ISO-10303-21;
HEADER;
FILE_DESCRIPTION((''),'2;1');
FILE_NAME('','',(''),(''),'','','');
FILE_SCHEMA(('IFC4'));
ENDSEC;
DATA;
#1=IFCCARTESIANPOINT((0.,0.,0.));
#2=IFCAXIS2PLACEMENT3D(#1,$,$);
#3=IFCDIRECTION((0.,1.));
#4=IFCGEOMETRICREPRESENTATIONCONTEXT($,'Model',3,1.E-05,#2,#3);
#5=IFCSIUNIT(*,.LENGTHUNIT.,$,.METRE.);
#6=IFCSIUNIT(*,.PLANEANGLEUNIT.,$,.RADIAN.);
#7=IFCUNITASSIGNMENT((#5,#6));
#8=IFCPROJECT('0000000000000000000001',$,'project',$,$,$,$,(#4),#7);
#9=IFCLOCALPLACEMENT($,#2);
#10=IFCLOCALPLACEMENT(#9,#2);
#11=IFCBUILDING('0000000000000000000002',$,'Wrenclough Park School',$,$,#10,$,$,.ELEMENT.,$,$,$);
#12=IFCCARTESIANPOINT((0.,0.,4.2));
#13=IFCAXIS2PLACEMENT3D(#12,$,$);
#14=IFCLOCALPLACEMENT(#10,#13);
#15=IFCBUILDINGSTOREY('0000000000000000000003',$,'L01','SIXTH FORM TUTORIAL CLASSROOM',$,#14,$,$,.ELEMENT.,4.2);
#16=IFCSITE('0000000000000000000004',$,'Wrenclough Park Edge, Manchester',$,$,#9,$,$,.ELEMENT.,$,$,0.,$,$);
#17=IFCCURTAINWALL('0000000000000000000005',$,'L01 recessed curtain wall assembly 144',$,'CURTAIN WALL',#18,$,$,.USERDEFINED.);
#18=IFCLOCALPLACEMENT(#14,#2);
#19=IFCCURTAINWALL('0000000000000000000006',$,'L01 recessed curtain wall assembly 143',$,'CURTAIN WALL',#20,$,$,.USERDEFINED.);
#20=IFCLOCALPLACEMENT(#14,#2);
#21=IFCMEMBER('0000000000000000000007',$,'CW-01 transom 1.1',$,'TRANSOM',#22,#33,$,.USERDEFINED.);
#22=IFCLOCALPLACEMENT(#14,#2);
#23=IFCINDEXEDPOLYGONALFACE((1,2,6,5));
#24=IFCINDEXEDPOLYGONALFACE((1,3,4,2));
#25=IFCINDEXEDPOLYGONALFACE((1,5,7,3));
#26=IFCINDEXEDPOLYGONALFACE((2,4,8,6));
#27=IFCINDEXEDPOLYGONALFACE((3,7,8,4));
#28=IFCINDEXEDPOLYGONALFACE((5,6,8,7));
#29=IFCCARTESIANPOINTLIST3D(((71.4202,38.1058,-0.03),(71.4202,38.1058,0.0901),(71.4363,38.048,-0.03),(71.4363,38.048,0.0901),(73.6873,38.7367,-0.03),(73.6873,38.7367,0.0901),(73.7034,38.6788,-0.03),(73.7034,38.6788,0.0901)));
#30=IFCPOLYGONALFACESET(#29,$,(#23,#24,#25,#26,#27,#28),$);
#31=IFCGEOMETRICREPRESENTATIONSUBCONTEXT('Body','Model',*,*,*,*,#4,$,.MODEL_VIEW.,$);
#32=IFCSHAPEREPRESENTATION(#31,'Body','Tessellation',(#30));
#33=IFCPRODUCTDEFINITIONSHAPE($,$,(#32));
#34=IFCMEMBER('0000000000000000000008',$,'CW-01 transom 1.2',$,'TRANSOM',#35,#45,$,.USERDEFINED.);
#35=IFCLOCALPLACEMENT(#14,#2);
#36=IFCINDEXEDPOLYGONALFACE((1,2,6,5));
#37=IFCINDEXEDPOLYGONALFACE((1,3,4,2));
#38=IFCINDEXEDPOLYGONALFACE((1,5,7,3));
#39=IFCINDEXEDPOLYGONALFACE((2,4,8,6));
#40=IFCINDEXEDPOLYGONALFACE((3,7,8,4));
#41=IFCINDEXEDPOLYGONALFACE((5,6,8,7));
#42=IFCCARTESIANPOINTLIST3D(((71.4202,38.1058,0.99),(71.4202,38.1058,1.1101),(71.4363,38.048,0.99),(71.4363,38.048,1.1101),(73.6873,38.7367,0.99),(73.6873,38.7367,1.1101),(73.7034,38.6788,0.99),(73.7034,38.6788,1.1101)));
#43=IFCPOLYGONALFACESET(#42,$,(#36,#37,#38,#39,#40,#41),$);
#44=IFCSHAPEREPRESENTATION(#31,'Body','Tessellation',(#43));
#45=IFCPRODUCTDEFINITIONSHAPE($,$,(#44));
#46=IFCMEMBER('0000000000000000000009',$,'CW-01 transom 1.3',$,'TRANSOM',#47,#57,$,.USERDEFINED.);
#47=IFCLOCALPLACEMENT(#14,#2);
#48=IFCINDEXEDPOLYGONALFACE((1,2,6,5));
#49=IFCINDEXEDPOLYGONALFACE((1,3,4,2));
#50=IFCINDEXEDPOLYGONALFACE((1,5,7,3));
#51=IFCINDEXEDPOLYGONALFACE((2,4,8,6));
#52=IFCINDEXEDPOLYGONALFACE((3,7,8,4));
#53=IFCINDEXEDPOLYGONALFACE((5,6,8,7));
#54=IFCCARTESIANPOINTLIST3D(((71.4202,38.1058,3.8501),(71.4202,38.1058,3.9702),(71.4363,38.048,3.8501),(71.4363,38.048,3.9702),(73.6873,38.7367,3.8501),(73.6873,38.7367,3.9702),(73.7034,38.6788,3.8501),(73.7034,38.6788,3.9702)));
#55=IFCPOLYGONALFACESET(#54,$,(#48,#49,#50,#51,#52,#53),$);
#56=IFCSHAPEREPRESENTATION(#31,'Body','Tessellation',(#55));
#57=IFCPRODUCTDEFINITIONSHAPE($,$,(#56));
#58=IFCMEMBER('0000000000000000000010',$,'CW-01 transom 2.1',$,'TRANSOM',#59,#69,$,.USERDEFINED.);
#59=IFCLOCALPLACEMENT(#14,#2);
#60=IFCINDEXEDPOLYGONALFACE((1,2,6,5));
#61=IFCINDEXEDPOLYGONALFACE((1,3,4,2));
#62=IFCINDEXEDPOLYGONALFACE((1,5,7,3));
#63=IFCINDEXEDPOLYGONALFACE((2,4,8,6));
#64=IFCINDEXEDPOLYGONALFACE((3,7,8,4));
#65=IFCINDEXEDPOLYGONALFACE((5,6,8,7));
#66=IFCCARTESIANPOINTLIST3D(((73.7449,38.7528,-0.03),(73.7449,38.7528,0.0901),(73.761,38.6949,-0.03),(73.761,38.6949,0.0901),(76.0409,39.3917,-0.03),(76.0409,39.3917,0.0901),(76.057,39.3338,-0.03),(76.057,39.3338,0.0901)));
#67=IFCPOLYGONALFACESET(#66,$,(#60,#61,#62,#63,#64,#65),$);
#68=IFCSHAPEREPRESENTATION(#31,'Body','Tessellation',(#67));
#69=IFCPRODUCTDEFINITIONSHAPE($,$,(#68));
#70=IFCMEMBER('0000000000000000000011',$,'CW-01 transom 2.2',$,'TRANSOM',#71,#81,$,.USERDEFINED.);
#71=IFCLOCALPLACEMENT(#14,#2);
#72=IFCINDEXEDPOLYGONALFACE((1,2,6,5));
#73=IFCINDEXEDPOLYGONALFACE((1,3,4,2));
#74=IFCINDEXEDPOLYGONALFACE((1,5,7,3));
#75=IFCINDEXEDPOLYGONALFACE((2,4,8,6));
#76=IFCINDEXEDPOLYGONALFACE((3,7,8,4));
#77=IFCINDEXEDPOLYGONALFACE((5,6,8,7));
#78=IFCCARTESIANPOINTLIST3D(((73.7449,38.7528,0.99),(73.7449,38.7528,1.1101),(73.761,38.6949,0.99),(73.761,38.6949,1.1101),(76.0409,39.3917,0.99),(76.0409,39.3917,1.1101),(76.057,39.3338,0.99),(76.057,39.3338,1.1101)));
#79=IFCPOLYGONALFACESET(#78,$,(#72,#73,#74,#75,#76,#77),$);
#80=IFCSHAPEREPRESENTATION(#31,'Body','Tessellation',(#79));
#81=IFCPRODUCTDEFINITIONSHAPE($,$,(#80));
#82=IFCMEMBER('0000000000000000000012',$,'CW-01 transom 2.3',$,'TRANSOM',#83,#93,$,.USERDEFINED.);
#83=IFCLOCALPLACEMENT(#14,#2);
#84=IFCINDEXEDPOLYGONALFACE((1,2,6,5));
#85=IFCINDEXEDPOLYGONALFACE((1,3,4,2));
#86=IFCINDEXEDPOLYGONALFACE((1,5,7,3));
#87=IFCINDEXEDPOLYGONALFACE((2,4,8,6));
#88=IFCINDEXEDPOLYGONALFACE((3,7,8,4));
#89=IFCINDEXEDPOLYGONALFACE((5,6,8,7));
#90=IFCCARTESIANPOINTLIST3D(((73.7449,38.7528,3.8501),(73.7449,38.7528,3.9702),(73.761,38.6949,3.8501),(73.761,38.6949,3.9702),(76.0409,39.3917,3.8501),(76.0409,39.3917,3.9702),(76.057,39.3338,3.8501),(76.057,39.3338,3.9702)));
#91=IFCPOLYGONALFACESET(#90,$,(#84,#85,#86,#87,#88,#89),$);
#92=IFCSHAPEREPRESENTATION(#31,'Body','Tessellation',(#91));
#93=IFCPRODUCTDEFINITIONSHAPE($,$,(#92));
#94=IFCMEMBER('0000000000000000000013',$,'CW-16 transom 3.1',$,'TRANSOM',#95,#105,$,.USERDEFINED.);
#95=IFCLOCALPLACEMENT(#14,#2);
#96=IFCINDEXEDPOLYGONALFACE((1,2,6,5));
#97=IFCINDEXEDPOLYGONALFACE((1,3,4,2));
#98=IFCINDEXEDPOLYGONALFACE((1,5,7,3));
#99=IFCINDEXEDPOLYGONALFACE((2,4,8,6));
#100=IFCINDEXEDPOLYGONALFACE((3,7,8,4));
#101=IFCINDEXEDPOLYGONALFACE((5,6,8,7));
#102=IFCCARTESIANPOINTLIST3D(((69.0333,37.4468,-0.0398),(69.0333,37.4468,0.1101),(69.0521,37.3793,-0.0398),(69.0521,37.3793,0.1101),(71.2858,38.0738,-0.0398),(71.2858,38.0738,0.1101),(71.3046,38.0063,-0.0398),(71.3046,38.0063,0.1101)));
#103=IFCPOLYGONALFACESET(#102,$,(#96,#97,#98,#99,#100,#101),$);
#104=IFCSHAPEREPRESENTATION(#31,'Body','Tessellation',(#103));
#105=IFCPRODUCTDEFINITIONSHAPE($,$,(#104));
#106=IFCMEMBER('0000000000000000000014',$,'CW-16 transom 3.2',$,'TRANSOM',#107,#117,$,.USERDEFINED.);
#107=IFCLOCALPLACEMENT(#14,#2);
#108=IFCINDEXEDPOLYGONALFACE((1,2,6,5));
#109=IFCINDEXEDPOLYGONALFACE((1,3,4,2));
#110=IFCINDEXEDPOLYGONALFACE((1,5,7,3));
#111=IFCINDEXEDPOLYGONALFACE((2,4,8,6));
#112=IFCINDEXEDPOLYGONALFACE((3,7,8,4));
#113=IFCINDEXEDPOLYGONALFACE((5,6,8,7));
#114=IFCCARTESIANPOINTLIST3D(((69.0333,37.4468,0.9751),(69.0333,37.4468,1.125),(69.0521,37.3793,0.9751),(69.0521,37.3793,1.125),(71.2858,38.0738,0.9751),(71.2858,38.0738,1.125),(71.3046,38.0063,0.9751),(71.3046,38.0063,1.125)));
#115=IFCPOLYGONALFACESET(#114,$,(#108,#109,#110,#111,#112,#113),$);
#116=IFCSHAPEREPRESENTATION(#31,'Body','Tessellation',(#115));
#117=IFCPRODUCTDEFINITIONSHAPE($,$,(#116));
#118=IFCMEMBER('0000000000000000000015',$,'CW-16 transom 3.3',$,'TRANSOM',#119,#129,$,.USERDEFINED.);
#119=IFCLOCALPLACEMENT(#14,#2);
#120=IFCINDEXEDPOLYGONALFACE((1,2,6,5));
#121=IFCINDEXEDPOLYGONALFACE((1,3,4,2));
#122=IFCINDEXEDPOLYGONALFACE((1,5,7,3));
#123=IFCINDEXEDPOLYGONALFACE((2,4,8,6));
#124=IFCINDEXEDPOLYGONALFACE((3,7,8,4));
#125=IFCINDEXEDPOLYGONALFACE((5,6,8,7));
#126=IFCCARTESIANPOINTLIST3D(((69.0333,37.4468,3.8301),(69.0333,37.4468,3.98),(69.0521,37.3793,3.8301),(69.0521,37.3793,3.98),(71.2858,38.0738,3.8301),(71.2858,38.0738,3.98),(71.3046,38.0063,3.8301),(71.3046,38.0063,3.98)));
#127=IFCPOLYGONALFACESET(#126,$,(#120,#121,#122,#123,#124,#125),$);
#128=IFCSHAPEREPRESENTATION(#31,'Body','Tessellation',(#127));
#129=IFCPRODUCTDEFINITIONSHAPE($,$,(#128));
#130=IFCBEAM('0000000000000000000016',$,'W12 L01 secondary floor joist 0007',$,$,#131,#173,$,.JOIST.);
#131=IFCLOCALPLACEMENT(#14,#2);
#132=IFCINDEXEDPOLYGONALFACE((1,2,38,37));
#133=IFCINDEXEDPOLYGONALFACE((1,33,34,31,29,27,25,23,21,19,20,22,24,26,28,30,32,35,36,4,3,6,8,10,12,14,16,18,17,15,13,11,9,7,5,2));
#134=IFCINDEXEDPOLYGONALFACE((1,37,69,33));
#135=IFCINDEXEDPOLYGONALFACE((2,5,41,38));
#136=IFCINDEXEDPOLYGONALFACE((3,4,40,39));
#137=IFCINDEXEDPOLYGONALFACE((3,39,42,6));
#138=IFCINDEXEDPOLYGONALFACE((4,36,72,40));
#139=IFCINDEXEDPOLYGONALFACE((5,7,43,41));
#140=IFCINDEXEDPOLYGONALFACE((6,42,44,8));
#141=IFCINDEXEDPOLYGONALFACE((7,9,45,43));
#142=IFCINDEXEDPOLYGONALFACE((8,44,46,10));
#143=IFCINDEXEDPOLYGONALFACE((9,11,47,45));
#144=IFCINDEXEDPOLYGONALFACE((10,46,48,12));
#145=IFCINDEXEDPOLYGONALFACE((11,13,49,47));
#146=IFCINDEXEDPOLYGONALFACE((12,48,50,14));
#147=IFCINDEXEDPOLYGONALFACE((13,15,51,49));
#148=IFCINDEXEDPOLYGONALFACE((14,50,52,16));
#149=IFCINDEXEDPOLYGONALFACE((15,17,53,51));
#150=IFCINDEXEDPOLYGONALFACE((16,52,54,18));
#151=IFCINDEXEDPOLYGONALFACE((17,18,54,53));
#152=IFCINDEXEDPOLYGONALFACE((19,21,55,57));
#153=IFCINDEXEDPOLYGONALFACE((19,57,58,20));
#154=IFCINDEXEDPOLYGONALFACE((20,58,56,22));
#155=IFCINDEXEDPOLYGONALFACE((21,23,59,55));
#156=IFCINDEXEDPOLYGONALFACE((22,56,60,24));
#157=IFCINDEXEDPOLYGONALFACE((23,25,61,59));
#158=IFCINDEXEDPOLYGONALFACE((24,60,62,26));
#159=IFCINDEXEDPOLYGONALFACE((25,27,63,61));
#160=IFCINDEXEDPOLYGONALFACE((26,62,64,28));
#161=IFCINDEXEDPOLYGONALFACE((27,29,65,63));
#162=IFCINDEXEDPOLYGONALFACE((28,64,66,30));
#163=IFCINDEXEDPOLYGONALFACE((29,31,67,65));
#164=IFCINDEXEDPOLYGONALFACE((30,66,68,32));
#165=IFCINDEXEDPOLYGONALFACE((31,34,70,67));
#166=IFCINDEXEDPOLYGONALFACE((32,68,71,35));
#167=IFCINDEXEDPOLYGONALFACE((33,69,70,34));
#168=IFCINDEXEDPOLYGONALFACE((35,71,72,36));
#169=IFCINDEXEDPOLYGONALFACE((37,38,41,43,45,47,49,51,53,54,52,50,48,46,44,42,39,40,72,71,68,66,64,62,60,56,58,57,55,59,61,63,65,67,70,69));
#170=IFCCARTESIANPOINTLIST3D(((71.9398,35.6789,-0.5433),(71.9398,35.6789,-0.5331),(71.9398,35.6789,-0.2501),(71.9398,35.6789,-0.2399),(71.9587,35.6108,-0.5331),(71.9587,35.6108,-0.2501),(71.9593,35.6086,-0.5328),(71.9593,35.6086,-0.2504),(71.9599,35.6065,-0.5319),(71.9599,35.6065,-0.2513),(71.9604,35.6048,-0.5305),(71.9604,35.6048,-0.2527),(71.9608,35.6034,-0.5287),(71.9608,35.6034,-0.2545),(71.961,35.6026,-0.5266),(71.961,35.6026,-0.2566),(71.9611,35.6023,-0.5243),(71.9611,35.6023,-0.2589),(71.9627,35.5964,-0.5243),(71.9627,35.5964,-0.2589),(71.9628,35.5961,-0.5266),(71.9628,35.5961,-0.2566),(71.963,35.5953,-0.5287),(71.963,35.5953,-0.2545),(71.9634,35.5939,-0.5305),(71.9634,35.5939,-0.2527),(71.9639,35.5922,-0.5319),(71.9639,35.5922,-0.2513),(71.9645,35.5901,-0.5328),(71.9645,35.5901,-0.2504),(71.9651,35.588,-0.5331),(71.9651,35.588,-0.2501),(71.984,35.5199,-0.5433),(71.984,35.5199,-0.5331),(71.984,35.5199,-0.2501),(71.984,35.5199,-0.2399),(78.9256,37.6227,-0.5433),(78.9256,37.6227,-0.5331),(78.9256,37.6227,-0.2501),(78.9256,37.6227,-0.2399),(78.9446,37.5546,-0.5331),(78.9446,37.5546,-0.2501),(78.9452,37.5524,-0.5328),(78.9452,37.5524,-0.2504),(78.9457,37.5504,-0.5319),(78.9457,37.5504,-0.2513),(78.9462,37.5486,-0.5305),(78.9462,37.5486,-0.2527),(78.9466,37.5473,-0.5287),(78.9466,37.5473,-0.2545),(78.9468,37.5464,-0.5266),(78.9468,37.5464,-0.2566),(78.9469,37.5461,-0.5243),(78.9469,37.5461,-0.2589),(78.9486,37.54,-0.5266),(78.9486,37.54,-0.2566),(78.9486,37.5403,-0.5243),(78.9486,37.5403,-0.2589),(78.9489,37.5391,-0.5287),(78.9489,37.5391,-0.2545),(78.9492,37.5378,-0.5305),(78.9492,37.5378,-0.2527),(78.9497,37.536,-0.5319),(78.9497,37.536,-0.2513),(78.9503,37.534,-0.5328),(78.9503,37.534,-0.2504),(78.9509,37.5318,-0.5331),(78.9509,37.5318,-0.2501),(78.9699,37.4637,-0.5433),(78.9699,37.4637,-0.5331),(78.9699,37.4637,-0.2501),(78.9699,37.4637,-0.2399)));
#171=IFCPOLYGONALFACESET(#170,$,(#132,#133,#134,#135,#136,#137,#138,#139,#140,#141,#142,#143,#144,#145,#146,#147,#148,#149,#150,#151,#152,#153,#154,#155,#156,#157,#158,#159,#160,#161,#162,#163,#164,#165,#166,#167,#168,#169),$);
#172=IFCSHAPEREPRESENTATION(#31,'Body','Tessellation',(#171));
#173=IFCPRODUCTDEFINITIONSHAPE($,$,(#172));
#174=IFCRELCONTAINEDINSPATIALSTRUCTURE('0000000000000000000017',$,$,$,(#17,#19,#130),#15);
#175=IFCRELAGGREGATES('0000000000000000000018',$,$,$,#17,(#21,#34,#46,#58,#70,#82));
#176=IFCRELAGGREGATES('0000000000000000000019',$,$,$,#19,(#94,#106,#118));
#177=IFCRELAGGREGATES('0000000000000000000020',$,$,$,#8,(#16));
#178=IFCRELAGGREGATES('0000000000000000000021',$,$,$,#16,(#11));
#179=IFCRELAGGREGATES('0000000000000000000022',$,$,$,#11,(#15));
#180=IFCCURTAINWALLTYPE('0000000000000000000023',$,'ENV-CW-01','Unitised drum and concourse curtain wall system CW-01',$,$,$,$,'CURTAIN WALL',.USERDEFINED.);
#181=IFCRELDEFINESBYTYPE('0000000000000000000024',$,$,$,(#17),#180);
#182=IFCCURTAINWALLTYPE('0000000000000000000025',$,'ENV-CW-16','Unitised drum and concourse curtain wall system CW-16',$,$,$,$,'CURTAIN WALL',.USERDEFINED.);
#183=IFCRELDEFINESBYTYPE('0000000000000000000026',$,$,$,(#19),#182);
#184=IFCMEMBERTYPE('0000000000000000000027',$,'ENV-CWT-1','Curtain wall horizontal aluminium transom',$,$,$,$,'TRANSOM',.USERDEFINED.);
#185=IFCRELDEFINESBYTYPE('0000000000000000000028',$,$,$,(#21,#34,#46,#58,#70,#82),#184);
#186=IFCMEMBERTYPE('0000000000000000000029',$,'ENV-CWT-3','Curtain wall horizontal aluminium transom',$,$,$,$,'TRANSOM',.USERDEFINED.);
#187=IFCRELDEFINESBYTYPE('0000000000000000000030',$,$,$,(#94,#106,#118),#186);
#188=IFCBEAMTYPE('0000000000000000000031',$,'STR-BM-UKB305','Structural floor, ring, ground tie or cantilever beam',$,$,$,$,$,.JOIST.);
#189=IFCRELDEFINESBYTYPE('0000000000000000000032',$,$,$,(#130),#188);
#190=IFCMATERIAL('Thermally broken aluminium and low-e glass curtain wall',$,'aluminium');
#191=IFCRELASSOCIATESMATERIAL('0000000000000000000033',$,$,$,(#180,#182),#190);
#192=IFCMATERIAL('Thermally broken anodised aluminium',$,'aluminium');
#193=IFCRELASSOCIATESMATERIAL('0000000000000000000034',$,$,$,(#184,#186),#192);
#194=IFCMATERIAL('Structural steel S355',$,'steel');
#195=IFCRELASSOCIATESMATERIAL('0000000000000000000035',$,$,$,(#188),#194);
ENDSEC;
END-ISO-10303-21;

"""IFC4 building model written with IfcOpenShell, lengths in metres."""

from ifc_helpers import new_model, si_unit, direction, frame, origin, origin_2d, place, context, subcontext, project, spatial, rectangle, i_section, extrude, material, material_profile, profile_set, type_object, element, aggregate, save


model = new_model("IFC4")

# Units and contexts
model_context = context("Model", 3, precision=1e-05, world=origin(), true_north=direction((0.0, 1.0)))
body_context = subcontext(model_context, "Body", "Model", "MODEL_VIEW")
ifc_project = project(units=[si_unit("LENGTHUNIT", "METRE"), si_unit("PLANEANGLEUNIT", "RADIAN")], contexts=[model_context])

# Site, building, storey
site_placement = place(None, origin())
site = spatial("IfcSite", under=ifc_project, at=site_placement, Name="Wrenclough Park Edge, Manchester", CompositionType="ELEMENT", RefElevation=0.0)
building_placement = place(site_placement, origin())
building = spatial("IfcBuilding", under=site, at=building_placement, Name="Wrenclough Park School", CompositionType="ELEMENT")
storey_placement = place(building_placement, frame((0.0, 0.0, 4.2)))
storey = spatial("IfcBuildingStorey", under=building, at=storey_placement, Name="L01", Description="SIXTH FORM TUTORIAL CLASSROOM", CompositionType="ELEMENT", Elevation=4.2)

# Shared definitions
ifc_material_1 = material(Name="Structural steel S355", Category="steel")

# Curtain walls
ifc_material_2 = material(Name="Thermally broken aluminium and low-e glass curtain wall", Category="aluminium")
curtain_wall_type_1 = type_object("IfcCurtainWallType", Name="ENV-CW-01", Description="Unitised drum and concourse curtain wall system CW-01", ElementType="CURTAIN WALL", PredefinedType="USERDEFINED", material=ifc_material_2)
curtain_wall_1_placement = place(storey_placement, origin())
curtain_wall_1 = element("IfcCurtainWall", 1, at=curtain_wall_1_placement, inside=storey, type_object=curtain_wall_type_1, Name="L01 recessed curtain wall assembly 144", ObjectType="CURTAIN WALL", PredefinedType="USERDEFINED")
ifc_material_3 = material(Name="Thermally broken anodised aluminium", Category="aluminium")
curtain_wall_type_2 = type_object("IfcCurtainWallType", Name="ENV-CW-16", Description="Unitised drum and concourse curtain wall system CW-16", ElementType="CURTAIN WALL", PredefinedType="USERDEFINED", material=ifc_material_2)
curtain_wall_2_placement = place(storey_placement, origin())
curtain_wall_2 = element("IfcCurtainWall", 2, at=curtain_wall_2_placement, inside=storey, type_object=curtain_wall_type_2, Name="L01 recessed curtain wall assembly 143", ObjectType="CURTAIN WALL", PredefinedType="USERDEFINED")

# Members
ifc_material_profile_1 = material_profile(ifc_material_3, rectangle(XDim=0.0601, YDim=0.1201, at=origin_2d()), Name="AL TRANSOM 60x120")
ifc_profile_set_1 = profile_set([ifc_material_profile_1], Name="Thermally broken anodised aluminium")
member_type_1 = type_object("IfcMemberType", Name="ENV-CWT-1", Description="Curtain wall horizontal aluminium transom", ElementType="TRANSOM", PredefinedType="USERDEFINED", material=ifc_profile_set_1)
member_1_placement = place(storey_placement, frame((71.4282, 38.0769, 0.03), z_axis=(0.963396, 0.268083, 0.0), x_axis=(-0.268083, 0.963396, 0.0)))
member_1 = element("IfcMember", 3, at=member_1_placement, type_object=member_type_1, Name="CW-01 transom 1.1", ObjectType="TRANSOM", PredefinedType="USERDEFINED", context=body_context, shape_type="SweptSolid", body=[
    extrude(rectangle(XDim=0.0601, YDim=0.1201, at=origin_2d()), origin(), (0.0, 0.0, 1.0), 2.3533),
])
member_2_placement = place(storey_placement, frame((71.4282, 38.0769, 1.05), z_axis=(0.963396, 0.268083, 0.0), x_axis=(-0.268083, 0.963396, 0.0)))
member_2 = element("IfcMember", 4, at=member_2_placement, type_object=member_type_1, Name="CW-01 transom 1.2", ObjectType="TRANSOM", PredefinedType="USERDEFINED", context=body_context, shape_type="SweptSolid", body=[
    extrude(rectangle(XDim=0.0601, YDim=0.1201, at=origin_2d()), origin(), (0.0, 0.0, 1.0), 2.3533),
])
member_3_placement = place(storey_placement, frame((71.4282, 38.0769, 3.9102), z_axis=(0.963396, 0.268083, 0.0), x_axis=(-0.268083, 0.963396, 0.0)))
member_3 = element("IfcMember", 5, at=member_3_placement, type_object=member_type_1, Name="CW-01 transom 1.3", ObjectType="TRANSOM", PredefinedType="USERDEFINED", context=body_context, shape_type="SweptSolid", body=[
    extrude(rectangle(XDim=0.0601, YDim=0.1201, at=origin_2d()), origin(), (0.0, 0.0, 1.0), 2.3533),
])
member_4_placement = place(storey_placement, frame((73.7529, 38.7239, 0.03), z_axis=(0.963399, 0.268072, 0.0), x_axis=(-0.268072, 0.963399, 0.0)))
member_4 = element("IfcMember", 6, at=member_4_placement, type_object=member_type_1, Name="CW-01 transom 2.1", ObjectType="TRANSOM", PredefinedType="USERDEFINED", context=body_context, shape_type="SweptSolid", body=[
    extrude(rectangle(XDim=0.0601, YDim=0.1201, at=origin_2d()), origin(), (0.0, 0.0, 1.0), 2.3833),
])
member_5_placement = place(storey_placement, frame((73.7529, 38.7239, 1.05), z_axis=(0.963399, 0.268072, 0.0), x_axis=(-0.268072, 0.963399, 0.0)))
member_5 = element("IfcMember", 7, at=member_5_placement, type_object=member_type_1, Name="CW-01 transom 2.2", ObjectType="TRANSOM", PredefinedType="USERDEFINED", context=body_context, shape_type="SweptSolid", body=[
    extrude(rectangle(XDim=0.0601, YDim=0.1201, at=origin_2d()), origin(), (0.0, 0.0, 1.0), 2.3833),
])
member_6_placement = place(storey_placement, frame((73.7529, 38.7239, 3.9102), z_axis=(0.963399, 0.268072, 0.0), x_axis=(-0.268072, 0.963399, 0.0)))
member_6 = element("IfcMember", 8, at=member_6_placement, type_object=member_type_1, Name="CW-01 transom 2.3", ObjectType="TRANSOM", PredefinedType="USERDEFINED", context=body_context, shape_type="SweptSolid", body=[
    extrude(rectangle(XDim=0.0601, YDim=0.1201, at=origin_2d()), origin(), (0.0, 0.0, 1.0), 2.3833),
])
ifc_material_profile_2 = material_profile(ifc_material_3, rectangle(XDim=0.0701, YDim=0.1499, at=origin_2d()), Name="AL TRANSOM 70x150")
ifc_profile_set_2 = profile_set([ifc_material_profile_2], Name="Thermally broken anodised aluminium")
member_type_2 = type_object("IfcMemberType", Name="ENV-CWT-3", Description="Curtain wall horizontal aluminium transom", ElementType="TRANSOM", PredefinedType="USERDEFINED", material=ifc_profile_set_2)
member_7_placement = place(storey_placement, frame((69.0427, 37.4131, 0.0352), z_axis=(0.963377, 0.26815, 0.0), x_axis=(-0.26815, 0.963377, 0.0)))
member_7 = element("IfcMember", 9, at=member_7_placement, type_object=member_type_2, Name="CW-16 transom 3.1", ObjectType="TRANSOM", PredefinedType="USERDEFINED", context=body_context, shape_type="SweptSolid", body=[
    extrude(rectangle(XDim=0.0701, YDim=0.1499, at=origin_2d()), origin(), (0.0, 0.0, 1.0), 2.3381),
])
member_8_placement = place(storey_placement, frame((69.0427, 37.4131, 1.05), z_axis=(0.963377, 0.26815, 0.0), x_axis=(-0.26815, 0.963377, 0.0)))
member_8 = element("IfcMember", 10, at=member_8_placement, type_object=member_type_2, Name="CW-16 transom 3.2", ObjectType="TRANSOM", PredefinedType="USERDEFINED", context=body_context, shape_type="SweptSolid", body=[
    extrude(rectangle(XDim=0.0701, YDim=0.1499, at=origin_2d()), origin(), (0.0, 0.0, 1.0), 2.3381),
])
member_9_placement = place(storey_placement, frame((69.0427, 37.4131, 3.905), z_axis=(0.963377, 0.26815, 0.0), x_axis=(-0.26815, 0.963377, 0.0)))
member_9 = element("IfcMember", 11, at=member_9_placement, type_object=member_type_2, Name="CW-16 transom 3.3", ObjectType="TRANSOM", PredefinedType="USERDEFINED", context=body_context, shape_type="SweptSolid", body=[
    extrude(rectangle(XDim=0.0701, YDim=0.1499, at=origin_2d()), origin(), (0.0, 0.0, 1.0), 2.3381),
])

# Beam
ifc_material_profile_3 = material_profile(ifc_material_1, i_section(OverallWidth=0.165, OverallDepth=0.3035, WebThickness=0.0061, FlangeThickness=0.0103, FilletRadius=0.0088, at=origin_2d()), Name="UKB 305x165x40")
ifc_profile_set_3 = profile_set([ifc_material_profile_3], Name="Structural steel S355")
beam_type_1 = type_object("IfcBeamType", Name="STR-BM-UKB305", Description="Structural floor, ring, ground tie or cantilever beam", PredefinedType="JOIST", material=ifc_profile_set_3)
beam_1_placement = place(storey_placement, frame((71.9619, 35.5994, -0.3916), z_axis=(0.963399, 0.268071, 0.0), x_axis=(-0.268071, 0.963399, 0.0)))
element("IfcBeam", 12, at=beam_1_placement, inside=storey, type_object=beam_type_1, Name="W12 L01 secondary floor joist 0007", PredefinedType="JOIST", context=body_context, shape_type="SweptSolid", body=[
    extrude(i_section(OverallWidth=0.165, OverallDepth=0.3035, WebThickness=0.0061, FlangeThickness=0.0103, FilletRadius=0.0088, at=origin_2d()), origin(), (0.0, 0.0, 1.0), 7.2512),
])

aggregate(curtain_wall_1, [member_1, member_2, member_3, member_4, member_5, member_6])
aggregate(curtain_wall_2, [member_7, member_8, member_9])

save(model, "model.ifc")
